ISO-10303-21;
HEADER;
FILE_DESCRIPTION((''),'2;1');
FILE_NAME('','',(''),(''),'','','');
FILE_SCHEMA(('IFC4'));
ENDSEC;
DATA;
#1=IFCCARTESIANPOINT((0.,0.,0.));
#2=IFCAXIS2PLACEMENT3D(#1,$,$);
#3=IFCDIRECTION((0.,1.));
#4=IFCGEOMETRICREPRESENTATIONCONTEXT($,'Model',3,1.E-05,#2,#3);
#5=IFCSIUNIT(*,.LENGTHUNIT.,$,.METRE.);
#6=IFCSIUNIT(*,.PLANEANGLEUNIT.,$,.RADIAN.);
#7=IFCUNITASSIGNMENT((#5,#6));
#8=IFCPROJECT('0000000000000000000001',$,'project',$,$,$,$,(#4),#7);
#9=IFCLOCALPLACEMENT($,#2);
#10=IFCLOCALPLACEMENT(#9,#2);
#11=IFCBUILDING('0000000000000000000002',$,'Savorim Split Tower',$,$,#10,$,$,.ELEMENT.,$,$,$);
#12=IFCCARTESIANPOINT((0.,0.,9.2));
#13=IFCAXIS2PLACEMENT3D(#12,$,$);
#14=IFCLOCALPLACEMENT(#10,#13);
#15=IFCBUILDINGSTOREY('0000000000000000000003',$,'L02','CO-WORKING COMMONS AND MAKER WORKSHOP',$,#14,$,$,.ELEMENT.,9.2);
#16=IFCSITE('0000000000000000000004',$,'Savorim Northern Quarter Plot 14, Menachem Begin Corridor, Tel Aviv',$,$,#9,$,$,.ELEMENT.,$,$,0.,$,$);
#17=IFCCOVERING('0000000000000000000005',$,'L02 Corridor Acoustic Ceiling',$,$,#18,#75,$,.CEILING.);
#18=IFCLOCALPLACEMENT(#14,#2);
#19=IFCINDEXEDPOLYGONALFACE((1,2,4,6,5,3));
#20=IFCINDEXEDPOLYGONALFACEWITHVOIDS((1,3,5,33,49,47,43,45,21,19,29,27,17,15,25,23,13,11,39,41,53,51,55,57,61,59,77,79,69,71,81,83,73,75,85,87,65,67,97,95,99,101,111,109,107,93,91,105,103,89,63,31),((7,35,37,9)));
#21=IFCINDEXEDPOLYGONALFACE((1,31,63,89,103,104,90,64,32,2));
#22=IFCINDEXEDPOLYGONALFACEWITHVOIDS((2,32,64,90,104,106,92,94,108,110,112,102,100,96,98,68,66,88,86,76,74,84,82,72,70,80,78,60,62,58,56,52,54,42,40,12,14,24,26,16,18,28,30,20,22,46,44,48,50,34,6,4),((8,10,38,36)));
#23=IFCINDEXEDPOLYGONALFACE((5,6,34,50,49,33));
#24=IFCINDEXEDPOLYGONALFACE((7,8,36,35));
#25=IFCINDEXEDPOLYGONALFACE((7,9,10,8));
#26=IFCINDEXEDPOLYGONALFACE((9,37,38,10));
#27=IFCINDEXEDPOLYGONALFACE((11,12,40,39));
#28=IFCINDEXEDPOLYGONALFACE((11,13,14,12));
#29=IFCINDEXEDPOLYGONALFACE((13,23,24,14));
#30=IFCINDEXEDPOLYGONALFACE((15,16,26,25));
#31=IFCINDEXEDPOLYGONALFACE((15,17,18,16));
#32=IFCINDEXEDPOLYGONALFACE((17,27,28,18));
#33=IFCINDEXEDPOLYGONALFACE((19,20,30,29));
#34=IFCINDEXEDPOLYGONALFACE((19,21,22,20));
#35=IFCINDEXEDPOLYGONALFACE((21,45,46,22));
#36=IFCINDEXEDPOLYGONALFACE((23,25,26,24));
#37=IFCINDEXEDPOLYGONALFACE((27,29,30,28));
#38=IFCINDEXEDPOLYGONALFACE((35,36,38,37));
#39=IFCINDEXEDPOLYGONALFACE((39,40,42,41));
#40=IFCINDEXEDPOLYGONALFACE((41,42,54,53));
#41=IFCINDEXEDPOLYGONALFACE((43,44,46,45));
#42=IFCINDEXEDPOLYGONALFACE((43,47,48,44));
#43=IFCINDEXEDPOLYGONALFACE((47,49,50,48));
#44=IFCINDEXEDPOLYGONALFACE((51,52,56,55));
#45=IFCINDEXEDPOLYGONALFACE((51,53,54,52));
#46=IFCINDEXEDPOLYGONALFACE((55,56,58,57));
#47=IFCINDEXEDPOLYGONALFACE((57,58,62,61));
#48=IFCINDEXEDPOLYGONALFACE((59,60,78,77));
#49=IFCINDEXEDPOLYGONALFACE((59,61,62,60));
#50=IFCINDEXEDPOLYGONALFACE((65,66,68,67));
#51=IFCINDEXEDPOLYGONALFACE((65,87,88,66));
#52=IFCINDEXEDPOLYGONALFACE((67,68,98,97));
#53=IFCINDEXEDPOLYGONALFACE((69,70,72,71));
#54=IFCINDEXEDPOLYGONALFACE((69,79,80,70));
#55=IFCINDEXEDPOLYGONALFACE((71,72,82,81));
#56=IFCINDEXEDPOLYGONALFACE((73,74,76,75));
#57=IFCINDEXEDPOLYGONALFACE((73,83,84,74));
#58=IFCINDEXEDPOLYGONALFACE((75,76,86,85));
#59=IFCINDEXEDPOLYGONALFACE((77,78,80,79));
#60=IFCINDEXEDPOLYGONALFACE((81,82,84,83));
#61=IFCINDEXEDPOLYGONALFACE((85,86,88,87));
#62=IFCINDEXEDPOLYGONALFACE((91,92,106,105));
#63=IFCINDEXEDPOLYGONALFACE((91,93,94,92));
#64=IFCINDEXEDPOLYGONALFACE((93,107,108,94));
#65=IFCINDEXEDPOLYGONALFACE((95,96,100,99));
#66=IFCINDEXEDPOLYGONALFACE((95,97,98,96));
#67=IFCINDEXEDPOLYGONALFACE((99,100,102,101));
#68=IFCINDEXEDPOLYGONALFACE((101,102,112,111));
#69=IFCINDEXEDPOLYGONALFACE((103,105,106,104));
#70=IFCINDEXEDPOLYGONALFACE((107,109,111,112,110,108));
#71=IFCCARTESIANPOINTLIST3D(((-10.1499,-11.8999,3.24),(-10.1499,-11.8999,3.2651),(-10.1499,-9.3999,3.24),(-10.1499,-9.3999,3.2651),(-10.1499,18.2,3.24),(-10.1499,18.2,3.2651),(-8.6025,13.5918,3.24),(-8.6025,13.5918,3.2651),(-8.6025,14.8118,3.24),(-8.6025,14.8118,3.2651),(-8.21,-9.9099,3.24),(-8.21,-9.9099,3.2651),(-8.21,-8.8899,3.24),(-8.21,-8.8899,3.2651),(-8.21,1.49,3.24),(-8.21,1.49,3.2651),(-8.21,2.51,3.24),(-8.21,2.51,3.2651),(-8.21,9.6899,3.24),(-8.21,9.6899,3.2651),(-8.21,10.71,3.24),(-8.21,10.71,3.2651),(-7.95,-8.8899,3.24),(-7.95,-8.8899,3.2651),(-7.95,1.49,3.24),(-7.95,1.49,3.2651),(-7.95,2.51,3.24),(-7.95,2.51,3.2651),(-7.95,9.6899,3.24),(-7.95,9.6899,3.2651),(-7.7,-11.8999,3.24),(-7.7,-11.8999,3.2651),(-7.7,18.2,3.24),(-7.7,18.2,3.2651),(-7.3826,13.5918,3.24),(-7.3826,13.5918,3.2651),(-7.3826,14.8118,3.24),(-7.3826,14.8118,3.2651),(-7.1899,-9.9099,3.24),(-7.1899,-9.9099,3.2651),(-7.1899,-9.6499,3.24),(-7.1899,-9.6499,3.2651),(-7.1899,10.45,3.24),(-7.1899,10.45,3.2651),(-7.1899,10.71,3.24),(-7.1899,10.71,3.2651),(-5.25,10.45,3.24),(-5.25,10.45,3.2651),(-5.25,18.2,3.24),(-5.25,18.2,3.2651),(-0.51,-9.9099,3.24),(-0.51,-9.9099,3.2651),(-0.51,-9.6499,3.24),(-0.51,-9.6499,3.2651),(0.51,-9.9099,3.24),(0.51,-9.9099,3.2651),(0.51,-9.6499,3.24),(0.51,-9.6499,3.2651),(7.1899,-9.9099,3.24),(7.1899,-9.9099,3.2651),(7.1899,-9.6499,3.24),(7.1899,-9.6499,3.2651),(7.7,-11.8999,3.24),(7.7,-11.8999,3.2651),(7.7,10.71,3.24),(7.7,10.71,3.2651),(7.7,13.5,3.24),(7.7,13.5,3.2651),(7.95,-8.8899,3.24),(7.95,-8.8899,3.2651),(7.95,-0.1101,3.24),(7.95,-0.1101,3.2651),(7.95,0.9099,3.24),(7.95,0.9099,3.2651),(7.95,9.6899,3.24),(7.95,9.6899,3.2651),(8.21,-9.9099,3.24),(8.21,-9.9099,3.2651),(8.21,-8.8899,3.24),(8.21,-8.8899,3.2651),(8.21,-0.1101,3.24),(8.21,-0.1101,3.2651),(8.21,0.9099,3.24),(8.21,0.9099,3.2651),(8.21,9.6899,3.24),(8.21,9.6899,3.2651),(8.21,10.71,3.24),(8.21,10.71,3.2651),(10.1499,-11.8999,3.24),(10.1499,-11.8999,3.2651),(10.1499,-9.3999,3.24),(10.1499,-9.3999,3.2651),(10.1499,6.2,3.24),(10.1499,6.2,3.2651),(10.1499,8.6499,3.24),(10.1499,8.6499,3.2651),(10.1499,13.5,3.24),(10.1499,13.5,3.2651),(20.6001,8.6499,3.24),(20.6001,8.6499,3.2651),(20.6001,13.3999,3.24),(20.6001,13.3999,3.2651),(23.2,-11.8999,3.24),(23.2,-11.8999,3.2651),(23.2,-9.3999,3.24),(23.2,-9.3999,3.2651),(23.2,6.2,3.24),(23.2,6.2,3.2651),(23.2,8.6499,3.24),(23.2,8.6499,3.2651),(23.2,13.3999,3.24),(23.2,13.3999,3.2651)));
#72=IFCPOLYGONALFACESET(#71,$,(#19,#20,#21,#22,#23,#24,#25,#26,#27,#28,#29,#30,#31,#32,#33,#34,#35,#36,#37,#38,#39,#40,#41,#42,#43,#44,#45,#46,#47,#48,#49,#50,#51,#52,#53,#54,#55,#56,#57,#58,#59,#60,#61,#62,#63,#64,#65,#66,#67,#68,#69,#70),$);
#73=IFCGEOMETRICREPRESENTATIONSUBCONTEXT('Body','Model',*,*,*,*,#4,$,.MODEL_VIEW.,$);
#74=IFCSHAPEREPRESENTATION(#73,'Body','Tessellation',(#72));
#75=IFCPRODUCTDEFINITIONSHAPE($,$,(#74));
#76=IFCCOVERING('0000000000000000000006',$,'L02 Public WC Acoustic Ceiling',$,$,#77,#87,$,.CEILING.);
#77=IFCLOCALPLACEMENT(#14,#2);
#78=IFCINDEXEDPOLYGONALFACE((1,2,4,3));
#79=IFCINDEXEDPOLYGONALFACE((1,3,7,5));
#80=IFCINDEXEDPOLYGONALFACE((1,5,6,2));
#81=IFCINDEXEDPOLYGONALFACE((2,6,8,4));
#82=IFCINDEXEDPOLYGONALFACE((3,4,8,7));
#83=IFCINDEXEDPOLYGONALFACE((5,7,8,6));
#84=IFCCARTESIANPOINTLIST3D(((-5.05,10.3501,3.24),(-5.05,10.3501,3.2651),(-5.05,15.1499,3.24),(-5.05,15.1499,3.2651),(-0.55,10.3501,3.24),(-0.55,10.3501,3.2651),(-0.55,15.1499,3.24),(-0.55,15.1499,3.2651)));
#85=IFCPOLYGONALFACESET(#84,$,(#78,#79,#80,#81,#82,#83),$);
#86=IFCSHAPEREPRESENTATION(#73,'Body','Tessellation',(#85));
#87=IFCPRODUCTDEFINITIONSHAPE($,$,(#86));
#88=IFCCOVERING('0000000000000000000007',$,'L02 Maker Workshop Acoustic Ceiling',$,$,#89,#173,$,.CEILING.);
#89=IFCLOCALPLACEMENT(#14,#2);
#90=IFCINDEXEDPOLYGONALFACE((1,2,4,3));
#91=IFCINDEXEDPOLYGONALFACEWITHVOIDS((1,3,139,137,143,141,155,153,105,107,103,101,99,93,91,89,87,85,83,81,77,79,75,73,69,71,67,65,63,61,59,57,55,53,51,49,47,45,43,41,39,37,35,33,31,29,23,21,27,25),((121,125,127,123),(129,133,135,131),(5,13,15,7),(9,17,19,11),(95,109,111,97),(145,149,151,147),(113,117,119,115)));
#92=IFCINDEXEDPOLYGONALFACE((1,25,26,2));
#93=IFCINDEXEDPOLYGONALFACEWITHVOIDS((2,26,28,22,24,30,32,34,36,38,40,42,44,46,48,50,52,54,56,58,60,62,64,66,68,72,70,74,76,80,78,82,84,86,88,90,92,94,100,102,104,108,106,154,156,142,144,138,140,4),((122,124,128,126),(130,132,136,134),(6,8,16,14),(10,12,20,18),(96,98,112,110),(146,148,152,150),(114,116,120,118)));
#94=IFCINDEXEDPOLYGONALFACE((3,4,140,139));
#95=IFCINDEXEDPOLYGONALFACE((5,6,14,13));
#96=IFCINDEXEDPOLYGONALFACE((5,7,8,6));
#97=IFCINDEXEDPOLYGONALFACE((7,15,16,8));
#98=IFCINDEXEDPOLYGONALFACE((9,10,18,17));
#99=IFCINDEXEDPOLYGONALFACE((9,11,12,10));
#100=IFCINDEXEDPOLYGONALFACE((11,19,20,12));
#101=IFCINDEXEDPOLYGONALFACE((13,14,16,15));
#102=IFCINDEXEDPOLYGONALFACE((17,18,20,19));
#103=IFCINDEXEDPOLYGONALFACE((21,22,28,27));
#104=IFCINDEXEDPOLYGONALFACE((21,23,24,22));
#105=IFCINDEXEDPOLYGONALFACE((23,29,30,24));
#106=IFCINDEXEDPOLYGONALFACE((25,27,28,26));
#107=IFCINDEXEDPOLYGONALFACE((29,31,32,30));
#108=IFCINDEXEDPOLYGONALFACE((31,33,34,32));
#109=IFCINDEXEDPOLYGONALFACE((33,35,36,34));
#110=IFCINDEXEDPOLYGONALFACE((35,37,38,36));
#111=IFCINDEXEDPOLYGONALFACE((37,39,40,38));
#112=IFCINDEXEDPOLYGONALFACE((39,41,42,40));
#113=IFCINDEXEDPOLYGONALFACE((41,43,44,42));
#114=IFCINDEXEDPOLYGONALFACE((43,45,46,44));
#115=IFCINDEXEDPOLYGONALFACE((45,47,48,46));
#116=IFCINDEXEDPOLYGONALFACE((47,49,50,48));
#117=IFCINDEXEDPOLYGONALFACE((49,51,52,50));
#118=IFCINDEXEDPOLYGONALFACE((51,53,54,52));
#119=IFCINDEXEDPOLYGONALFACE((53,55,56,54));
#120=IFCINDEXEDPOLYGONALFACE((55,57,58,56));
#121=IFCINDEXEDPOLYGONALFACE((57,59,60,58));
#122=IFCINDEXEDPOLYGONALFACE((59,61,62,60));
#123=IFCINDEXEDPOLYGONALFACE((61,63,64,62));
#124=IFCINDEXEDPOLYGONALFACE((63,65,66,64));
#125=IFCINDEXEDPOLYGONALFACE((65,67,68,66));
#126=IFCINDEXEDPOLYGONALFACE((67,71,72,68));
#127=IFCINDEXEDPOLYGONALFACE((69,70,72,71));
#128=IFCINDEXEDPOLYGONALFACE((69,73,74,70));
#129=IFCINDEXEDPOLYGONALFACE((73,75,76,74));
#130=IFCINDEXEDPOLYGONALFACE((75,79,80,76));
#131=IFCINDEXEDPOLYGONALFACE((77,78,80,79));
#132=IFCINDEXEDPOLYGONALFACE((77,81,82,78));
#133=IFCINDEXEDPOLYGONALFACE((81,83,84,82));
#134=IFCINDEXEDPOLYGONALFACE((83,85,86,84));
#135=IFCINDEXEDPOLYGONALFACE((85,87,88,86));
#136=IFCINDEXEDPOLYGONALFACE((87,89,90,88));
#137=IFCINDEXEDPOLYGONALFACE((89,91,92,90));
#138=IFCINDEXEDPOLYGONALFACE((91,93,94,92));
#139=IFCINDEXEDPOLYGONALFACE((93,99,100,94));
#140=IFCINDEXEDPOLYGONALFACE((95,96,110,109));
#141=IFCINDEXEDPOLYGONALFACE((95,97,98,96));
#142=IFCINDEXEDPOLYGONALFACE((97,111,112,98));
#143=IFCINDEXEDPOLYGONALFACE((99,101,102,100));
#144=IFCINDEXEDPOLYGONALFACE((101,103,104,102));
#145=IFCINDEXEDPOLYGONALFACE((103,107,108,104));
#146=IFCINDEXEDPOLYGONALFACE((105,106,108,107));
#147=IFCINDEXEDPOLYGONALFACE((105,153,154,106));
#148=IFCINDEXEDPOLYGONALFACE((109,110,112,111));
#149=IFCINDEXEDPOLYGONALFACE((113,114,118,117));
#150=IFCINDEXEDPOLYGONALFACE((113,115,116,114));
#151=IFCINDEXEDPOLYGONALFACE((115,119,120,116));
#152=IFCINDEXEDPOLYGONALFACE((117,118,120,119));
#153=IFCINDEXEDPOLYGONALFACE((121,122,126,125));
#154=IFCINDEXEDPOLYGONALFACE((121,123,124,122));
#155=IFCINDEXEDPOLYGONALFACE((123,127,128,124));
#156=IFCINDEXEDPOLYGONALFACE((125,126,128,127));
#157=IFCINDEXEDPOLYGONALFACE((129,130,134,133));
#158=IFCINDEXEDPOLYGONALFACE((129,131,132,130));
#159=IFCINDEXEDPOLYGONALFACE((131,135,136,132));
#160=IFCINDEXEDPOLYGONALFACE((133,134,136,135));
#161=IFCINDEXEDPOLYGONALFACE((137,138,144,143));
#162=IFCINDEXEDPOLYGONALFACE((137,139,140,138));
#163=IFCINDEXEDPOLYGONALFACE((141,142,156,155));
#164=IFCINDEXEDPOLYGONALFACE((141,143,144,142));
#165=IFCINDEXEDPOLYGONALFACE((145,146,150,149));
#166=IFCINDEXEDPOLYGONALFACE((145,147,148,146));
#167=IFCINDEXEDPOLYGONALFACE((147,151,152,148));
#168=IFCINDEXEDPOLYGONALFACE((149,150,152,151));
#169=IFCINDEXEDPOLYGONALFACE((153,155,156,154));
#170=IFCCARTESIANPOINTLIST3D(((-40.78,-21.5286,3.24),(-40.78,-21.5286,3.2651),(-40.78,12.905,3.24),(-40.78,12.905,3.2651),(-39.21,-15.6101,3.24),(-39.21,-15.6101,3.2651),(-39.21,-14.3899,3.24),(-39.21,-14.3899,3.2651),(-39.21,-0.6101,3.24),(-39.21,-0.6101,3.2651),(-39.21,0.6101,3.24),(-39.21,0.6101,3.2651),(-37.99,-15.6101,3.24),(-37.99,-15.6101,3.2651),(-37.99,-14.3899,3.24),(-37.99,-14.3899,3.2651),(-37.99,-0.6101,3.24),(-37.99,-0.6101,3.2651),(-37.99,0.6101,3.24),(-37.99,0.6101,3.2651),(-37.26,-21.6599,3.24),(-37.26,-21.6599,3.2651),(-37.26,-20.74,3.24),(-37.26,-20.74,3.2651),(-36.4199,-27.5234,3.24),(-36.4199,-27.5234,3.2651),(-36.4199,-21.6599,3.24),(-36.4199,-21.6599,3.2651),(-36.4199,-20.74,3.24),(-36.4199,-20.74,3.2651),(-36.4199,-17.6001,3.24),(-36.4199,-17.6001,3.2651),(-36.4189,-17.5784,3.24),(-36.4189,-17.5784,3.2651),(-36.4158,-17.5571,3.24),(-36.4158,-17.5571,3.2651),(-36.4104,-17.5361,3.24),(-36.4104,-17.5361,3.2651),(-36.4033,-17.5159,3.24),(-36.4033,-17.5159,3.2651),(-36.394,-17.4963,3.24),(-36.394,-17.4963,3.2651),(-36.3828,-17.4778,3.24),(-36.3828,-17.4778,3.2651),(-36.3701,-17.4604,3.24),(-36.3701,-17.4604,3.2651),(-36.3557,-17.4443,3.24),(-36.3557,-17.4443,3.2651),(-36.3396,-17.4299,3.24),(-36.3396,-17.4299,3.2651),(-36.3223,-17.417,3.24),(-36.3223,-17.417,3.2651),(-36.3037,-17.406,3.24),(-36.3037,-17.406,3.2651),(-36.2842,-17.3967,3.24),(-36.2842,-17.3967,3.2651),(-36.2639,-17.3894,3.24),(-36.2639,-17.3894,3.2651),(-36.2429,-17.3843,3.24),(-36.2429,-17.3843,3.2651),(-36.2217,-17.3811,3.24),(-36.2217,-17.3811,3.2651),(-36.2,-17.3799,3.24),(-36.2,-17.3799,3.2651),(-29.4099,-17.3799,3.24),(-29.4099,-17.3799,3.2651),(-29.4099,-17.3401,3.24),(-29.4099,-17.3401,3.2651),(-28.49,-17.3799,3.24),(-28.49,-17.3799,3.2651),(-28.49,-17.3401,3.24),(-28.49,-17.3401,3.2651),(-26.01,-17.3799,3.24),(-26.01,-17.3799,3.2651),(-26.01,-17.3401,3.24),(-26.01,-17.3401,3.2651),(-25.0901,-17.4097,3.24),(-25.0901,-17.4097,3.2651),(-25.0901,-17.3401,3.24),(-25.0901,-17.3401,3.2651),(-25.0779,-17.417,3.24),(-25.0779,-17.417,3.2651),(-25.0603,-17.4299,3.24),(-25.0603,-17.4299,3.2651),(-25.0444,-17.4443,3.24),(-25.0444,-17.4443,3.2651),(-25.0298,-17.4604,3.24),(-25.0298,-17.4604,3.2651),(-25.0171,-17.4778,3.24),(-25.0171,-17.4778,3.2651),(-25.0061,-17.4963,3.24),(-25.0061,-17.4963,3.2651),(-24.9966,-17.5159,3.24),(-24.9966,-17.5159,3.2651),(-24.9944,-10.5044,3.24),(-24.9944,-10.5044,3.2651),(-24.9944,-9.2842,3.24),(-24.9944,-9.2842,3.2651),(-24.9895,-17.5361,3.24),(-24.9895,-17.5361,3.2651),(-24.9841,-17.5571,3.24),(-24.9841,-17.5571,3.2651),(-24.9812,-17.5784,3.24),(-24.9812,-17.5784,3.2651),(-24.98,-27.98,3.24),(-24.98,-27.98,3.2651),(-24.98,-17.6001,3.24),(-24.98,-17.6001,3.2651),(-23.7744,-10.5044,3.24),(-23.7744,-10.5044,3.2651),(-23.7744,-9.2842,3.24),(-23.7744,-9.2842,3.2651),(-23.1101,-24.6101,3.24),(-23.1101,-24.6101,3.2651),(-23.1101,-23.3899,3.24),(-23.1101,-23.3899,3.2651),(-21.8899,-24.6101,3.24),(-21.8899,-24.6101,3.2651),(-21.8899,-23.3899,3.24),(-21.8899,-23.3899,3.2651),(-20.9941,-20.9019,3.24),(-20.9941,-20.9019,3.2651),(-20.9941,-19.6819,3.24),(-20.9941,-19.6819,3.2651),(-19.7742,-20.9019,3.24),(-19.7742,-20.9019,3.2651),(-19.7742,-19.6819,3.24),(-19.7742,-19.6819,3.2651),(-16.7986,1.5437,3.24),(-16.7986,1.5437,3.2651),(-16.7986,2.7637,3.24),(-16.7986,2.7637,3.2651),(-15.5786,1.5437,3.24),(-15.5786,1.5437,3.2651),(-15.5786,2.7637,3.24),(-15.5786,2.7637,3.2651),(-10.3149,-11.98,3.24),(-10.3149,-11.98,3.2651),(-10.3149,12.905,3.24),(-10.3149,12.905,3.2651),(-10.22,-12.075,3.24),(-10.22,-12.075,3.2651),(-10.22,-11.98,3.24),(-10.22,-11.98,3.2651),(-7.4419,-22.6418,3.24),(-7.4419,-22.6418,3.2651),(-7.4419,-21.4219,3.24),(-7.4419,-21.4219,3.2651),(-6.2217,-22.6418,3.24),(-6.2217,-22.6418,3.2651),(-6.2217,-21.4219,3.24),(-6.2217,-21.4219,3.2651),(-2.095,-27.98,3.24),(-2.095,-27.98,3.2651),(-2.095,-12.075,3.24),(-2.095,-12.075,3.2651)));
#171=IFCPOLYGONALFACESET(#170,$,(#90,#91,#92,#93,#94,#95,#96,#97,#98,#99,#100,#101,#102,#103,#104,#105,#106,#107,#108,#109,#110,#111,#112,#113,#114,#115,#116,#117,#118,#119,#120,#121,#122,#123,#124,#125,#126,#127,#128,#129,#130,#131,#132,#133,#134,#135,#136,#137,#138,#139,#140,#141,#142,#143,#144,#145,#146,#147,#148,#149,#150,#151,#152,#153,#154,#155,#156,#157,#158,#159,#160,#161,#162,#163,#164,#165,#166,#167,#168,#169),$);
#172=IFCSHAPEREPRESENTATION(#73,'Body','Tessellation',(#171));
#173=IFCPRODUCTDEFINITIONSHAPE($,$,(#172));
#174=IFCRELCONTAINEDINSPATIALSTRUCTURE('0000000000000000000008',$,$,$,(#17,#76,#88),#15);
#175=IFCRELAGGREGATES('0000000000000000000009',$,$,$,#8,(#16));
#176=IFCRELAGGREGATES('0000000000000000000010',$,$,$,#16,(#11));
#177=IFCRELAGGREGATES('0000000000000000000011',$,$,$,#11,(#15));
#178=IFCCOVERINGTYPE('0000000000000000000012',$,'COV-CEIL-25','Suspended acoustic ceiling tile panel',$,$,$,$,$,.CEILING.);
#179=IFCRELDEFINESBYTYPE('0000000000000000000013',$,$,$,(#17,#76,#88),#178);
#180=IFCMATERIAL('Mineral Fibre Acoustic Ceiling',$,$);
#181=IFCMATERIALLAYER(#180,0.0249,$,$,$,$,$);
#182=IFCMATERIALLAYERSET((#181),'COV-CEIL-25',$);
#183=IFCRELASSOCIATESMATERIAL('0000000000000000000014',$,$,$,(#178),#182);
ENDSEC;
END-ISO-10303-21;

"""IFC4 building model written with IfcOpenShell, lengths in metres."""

from ifc_helpers import new_model, si_unit, direction, frame, origin, place, context, subcontext, project, spatial, polyline, outline, extrude, material, layer, layer_set, type_object, element, save


model = new_model("IFC4")

# Units and contexts
model_context = context("Model", 3, precision=1e-05, world=origin(), true_north=direction((0.0, 1.0)))
body_context = subcontext(model_context, "Body", "Model", "MODEL_VIEW")
ifc_project = project(units=[si_unit("LENGTHUNIT", "METRE"), si_unit("PLANEANGLEUNIT", "RADIAN")], contexts=[model_context])

# Site, building, storey
site_placement = place(None, origin())
site = spatial("IfcSite", under=ifc_project, at=site_placement, Name="Savorim Northern Quarter Plot 14, Menachem Begin Corridor, Tel Aviv", CompositionType="ELEMENT", RefElevation=0.0)
building_placement = place(site_placement, origin())
building = spatial("IfcBuilding", under=site, at=building_placement, Name="Savorim Split Tower", CompositionType="ELEMENT")
storey_placement = place(building_placement, frame((0.0, 0.0, 9.2)))
storey = spatial("IfcBuildingStorey", under=building, at=storey_placement, Name="L02", Description="CO-WORKING COMMONS AND MAKER WORKSHOP", CompositionType="ELEMENT", Elevation=9.2)

# Coverings
ifc_material_1 = material(Name="Mineral Fibre Acoustic Ceiling")
ifc_layer_1 = layer(ifc_material_1, 0.0249)
ifc_layer_set_1 = layer_set([ifc_layer_1], Name="COV-CEIL-25")
covering_type_1 = type_object("IfcCoveringType", Name="COV-CEIL-25", Description="Suspended acoustic ceiling tile panel", PredefinedType="CEILING", material=ifc_layer_set_1)
covering_1_placement = place(storey_placement, frame((0.0, 0.0, 3.24)))
element("IfcCovering", 1, at=covering_1_placement, inside=storey, type_object=covering_type_1, Name="L02 Corridor Acoustic Ceiling", PredefinedType="CEILING", context=body_context, shape_type="SweptSolid", body=[
    extrude(outline(polyline([(-7.7, 18.2), (-10.1499, 18.2), (-10.1499, -9.3999), (-10.1499, -11.8999), (-7.7, -11.8999), (7.7, -11.8999), (10.1499, -11.8999), (23.2, -11.8999), (23.2, -9.3999), (10.1499, -9.3999), (10.1499, 6.2), (23.2, 6.2), (23.2, 8.6499), (23.2, 13.3999), (20.6001, 13.3999), (20.6001, 8.6499), (10.1499, 8.6499), (10.1499, 13.5), (7.7, 13.5), (7.7, 10.71), (8.21, 10.71), (8.21, 9.6899), (7.95, 9.6899), (7.95, 0.9099), (8.21, 0.9099), (8.21, -0.1101), (7.95, -0.1101), (7.95, -8.8899), (8.21, -8.8899), (8.21, -9.9099), (7.1899, -9.9099), (7.1899, -9.6499), (0.51, -9.6499), (0.51, -9.9099), (-0.51, -9.9099), (-0.51, -9.6499), (-7.1899, -9.6499), (-7.1899, -9.9099), (-8.21, -9.9099), (-8.21, -8.8899), (-7.95, -8.8899), (-7.95, 1.49), (-8.21, 1.49), (-8.21, 2.51), (-7.95, 2.51), (-7.95, 9.6899), (-8.21, 9.6899), (-8.21, 10.71), (-7.1899, 10.71), (-7.1899, 10.45), (-5.25, 10.45), (-5.25, 18.2), (-7.7, 18.2)]), holes=[polyline([(-8.6025, 13.5918), (-7.3826, 13.5918), (-7.3826, 14.8118), (-8.6025, 14.8118), (-8.6025, 13.5918)])]), origin(), (0.0, 0.0, 1.0), 0.0251),
])
covering_2_placement = place(storey_placement, frame((0.0, 0.0, 3.24)))
element("IfcCovering", 2, at=covering_2_placement, inside=storey, type_object=covering_type_1, Name="L02 Public WC Acoustic Ceiling", PredefinedType="CEILING", context=body_context, shape_type="SweptSolid", body=[
    extrude(outline(polyline([(-5.05, 15.1499), (-5.05, 10.3501), (-0.55, 10.3501), (-0.55, 15.1499), (-5.05, 15.1499)])), origin(), (0.0, 0.0, 1.0), 0.0251),
])
covering_3_placement = place(storey_placement, frame((0.0, 0.0, 3.24)))
element("IfcCovering", 3, at=covering_3_placement, inside=storey, type_object=covering_type_1, Name="L02 Maker Workshop Acoustic Ceiling", PredefinedType="CEILING", context=body_context, shape_type="SweptSolid", body=[
    extrude(outline(polyline([(-10.3149, 12.905), (-40.78, 12.905), (-40.78, -21.5286), (-36.4199, -27.5234), (-36.4199, -21.6599), (-37.26, -21.6599), (-37.26, -20.74), (-36.4199, -20.74), (-36.4199, -17.6001), (-36.4189, -17.5784), (-36.4158, -17.5571), (-36.4104, -17.5361), (-36.4033, -17.5159), (-36.394, -17.4963), (-36.3828, -17.4778), (-36.3701, -17.4604), (-36.3557, -17.4443), (-36.3396, -17.4299), (-36.3223, -17.417), (-36.3037, -17.406), (-36.2842, -17.3967), (-36.2639, -17.3894), (-36.2429, -17.3843), (-36.2217, -17.3811), (-36.2, -17.3799), (-29.4099, -17.3799), (-29.4099, -17.3401), (-28.49, -17.3401), (-28.49, -17.3799), (-26.01, -17.3799), (-26.01, -17.3401), (-25.0901, -17.3401), (-25.0901, -17.4097), (-25.0779, -17.417), (-25.0603, -17.4299), (-25.0444, -17.4443), (-25.0298, -17.4604), (-25.0171, -17.4778), (-25.0061, -17.4963), (-24.9966, -17.5159), (-24.9895, -17.5361), (-24.9841, -17.5571), (-24.9812, -17.5784), (-24.98, -17.6001), (-24.98, -27.98), (-2.095, -27.98), (-2.095, -12.075), (-10.22, -12.075), (-10.22, -11.98), (-10.3149, -11.98), (-10.3149, 12.905)]), holes=[polyline([(-37.99, 0.6101), (-39.21, 0.6101), (-39.21, -0.6101), (-37.99, -0.6101), (-37.99, 0.6101)]), polyline([(-39.21, -14.3899), (-39.21, -15.6101), (-37.99, -15.6101), (-37.99, -14.3899), (-39.21, -14.3899)]), polyline([(-23.1101, -24.6101), (-21.8899, -24.6101), (-21.8899, -23.3899), (-23.1101, -23.3899), (-23.1101, -24.6101)]), polyline([(-19.7742, -20.9019), (-19.7742, -19.6819), (-20.9941, -19.6819), (-20.9941, -20.9019), (-19.7742, -20.9019)]), polyline([(-6.2217, -21.4219), (-7.4419, -21.4219), (-7.4419, -22.6418), (-6.2217, -22.6418), (-6.2217, -21.4219)]), polyline([(-15.5786, 1.5437), (-15.5786, 2.7637), (-16.7986, 2.7637), (-16.7986, 1.5437), (-15.5786, 1.5437)]), polyline([(-23.7744, -9.2842), (-24.9944, -9.2842), (-24.9944, -10.5044), (-23.7744, -10.5044), (-23.7744, -9.2842)])]), origin(), (0.0, 0.0, 1.0), 0.0251),
])

save(model, "model.ifc")
